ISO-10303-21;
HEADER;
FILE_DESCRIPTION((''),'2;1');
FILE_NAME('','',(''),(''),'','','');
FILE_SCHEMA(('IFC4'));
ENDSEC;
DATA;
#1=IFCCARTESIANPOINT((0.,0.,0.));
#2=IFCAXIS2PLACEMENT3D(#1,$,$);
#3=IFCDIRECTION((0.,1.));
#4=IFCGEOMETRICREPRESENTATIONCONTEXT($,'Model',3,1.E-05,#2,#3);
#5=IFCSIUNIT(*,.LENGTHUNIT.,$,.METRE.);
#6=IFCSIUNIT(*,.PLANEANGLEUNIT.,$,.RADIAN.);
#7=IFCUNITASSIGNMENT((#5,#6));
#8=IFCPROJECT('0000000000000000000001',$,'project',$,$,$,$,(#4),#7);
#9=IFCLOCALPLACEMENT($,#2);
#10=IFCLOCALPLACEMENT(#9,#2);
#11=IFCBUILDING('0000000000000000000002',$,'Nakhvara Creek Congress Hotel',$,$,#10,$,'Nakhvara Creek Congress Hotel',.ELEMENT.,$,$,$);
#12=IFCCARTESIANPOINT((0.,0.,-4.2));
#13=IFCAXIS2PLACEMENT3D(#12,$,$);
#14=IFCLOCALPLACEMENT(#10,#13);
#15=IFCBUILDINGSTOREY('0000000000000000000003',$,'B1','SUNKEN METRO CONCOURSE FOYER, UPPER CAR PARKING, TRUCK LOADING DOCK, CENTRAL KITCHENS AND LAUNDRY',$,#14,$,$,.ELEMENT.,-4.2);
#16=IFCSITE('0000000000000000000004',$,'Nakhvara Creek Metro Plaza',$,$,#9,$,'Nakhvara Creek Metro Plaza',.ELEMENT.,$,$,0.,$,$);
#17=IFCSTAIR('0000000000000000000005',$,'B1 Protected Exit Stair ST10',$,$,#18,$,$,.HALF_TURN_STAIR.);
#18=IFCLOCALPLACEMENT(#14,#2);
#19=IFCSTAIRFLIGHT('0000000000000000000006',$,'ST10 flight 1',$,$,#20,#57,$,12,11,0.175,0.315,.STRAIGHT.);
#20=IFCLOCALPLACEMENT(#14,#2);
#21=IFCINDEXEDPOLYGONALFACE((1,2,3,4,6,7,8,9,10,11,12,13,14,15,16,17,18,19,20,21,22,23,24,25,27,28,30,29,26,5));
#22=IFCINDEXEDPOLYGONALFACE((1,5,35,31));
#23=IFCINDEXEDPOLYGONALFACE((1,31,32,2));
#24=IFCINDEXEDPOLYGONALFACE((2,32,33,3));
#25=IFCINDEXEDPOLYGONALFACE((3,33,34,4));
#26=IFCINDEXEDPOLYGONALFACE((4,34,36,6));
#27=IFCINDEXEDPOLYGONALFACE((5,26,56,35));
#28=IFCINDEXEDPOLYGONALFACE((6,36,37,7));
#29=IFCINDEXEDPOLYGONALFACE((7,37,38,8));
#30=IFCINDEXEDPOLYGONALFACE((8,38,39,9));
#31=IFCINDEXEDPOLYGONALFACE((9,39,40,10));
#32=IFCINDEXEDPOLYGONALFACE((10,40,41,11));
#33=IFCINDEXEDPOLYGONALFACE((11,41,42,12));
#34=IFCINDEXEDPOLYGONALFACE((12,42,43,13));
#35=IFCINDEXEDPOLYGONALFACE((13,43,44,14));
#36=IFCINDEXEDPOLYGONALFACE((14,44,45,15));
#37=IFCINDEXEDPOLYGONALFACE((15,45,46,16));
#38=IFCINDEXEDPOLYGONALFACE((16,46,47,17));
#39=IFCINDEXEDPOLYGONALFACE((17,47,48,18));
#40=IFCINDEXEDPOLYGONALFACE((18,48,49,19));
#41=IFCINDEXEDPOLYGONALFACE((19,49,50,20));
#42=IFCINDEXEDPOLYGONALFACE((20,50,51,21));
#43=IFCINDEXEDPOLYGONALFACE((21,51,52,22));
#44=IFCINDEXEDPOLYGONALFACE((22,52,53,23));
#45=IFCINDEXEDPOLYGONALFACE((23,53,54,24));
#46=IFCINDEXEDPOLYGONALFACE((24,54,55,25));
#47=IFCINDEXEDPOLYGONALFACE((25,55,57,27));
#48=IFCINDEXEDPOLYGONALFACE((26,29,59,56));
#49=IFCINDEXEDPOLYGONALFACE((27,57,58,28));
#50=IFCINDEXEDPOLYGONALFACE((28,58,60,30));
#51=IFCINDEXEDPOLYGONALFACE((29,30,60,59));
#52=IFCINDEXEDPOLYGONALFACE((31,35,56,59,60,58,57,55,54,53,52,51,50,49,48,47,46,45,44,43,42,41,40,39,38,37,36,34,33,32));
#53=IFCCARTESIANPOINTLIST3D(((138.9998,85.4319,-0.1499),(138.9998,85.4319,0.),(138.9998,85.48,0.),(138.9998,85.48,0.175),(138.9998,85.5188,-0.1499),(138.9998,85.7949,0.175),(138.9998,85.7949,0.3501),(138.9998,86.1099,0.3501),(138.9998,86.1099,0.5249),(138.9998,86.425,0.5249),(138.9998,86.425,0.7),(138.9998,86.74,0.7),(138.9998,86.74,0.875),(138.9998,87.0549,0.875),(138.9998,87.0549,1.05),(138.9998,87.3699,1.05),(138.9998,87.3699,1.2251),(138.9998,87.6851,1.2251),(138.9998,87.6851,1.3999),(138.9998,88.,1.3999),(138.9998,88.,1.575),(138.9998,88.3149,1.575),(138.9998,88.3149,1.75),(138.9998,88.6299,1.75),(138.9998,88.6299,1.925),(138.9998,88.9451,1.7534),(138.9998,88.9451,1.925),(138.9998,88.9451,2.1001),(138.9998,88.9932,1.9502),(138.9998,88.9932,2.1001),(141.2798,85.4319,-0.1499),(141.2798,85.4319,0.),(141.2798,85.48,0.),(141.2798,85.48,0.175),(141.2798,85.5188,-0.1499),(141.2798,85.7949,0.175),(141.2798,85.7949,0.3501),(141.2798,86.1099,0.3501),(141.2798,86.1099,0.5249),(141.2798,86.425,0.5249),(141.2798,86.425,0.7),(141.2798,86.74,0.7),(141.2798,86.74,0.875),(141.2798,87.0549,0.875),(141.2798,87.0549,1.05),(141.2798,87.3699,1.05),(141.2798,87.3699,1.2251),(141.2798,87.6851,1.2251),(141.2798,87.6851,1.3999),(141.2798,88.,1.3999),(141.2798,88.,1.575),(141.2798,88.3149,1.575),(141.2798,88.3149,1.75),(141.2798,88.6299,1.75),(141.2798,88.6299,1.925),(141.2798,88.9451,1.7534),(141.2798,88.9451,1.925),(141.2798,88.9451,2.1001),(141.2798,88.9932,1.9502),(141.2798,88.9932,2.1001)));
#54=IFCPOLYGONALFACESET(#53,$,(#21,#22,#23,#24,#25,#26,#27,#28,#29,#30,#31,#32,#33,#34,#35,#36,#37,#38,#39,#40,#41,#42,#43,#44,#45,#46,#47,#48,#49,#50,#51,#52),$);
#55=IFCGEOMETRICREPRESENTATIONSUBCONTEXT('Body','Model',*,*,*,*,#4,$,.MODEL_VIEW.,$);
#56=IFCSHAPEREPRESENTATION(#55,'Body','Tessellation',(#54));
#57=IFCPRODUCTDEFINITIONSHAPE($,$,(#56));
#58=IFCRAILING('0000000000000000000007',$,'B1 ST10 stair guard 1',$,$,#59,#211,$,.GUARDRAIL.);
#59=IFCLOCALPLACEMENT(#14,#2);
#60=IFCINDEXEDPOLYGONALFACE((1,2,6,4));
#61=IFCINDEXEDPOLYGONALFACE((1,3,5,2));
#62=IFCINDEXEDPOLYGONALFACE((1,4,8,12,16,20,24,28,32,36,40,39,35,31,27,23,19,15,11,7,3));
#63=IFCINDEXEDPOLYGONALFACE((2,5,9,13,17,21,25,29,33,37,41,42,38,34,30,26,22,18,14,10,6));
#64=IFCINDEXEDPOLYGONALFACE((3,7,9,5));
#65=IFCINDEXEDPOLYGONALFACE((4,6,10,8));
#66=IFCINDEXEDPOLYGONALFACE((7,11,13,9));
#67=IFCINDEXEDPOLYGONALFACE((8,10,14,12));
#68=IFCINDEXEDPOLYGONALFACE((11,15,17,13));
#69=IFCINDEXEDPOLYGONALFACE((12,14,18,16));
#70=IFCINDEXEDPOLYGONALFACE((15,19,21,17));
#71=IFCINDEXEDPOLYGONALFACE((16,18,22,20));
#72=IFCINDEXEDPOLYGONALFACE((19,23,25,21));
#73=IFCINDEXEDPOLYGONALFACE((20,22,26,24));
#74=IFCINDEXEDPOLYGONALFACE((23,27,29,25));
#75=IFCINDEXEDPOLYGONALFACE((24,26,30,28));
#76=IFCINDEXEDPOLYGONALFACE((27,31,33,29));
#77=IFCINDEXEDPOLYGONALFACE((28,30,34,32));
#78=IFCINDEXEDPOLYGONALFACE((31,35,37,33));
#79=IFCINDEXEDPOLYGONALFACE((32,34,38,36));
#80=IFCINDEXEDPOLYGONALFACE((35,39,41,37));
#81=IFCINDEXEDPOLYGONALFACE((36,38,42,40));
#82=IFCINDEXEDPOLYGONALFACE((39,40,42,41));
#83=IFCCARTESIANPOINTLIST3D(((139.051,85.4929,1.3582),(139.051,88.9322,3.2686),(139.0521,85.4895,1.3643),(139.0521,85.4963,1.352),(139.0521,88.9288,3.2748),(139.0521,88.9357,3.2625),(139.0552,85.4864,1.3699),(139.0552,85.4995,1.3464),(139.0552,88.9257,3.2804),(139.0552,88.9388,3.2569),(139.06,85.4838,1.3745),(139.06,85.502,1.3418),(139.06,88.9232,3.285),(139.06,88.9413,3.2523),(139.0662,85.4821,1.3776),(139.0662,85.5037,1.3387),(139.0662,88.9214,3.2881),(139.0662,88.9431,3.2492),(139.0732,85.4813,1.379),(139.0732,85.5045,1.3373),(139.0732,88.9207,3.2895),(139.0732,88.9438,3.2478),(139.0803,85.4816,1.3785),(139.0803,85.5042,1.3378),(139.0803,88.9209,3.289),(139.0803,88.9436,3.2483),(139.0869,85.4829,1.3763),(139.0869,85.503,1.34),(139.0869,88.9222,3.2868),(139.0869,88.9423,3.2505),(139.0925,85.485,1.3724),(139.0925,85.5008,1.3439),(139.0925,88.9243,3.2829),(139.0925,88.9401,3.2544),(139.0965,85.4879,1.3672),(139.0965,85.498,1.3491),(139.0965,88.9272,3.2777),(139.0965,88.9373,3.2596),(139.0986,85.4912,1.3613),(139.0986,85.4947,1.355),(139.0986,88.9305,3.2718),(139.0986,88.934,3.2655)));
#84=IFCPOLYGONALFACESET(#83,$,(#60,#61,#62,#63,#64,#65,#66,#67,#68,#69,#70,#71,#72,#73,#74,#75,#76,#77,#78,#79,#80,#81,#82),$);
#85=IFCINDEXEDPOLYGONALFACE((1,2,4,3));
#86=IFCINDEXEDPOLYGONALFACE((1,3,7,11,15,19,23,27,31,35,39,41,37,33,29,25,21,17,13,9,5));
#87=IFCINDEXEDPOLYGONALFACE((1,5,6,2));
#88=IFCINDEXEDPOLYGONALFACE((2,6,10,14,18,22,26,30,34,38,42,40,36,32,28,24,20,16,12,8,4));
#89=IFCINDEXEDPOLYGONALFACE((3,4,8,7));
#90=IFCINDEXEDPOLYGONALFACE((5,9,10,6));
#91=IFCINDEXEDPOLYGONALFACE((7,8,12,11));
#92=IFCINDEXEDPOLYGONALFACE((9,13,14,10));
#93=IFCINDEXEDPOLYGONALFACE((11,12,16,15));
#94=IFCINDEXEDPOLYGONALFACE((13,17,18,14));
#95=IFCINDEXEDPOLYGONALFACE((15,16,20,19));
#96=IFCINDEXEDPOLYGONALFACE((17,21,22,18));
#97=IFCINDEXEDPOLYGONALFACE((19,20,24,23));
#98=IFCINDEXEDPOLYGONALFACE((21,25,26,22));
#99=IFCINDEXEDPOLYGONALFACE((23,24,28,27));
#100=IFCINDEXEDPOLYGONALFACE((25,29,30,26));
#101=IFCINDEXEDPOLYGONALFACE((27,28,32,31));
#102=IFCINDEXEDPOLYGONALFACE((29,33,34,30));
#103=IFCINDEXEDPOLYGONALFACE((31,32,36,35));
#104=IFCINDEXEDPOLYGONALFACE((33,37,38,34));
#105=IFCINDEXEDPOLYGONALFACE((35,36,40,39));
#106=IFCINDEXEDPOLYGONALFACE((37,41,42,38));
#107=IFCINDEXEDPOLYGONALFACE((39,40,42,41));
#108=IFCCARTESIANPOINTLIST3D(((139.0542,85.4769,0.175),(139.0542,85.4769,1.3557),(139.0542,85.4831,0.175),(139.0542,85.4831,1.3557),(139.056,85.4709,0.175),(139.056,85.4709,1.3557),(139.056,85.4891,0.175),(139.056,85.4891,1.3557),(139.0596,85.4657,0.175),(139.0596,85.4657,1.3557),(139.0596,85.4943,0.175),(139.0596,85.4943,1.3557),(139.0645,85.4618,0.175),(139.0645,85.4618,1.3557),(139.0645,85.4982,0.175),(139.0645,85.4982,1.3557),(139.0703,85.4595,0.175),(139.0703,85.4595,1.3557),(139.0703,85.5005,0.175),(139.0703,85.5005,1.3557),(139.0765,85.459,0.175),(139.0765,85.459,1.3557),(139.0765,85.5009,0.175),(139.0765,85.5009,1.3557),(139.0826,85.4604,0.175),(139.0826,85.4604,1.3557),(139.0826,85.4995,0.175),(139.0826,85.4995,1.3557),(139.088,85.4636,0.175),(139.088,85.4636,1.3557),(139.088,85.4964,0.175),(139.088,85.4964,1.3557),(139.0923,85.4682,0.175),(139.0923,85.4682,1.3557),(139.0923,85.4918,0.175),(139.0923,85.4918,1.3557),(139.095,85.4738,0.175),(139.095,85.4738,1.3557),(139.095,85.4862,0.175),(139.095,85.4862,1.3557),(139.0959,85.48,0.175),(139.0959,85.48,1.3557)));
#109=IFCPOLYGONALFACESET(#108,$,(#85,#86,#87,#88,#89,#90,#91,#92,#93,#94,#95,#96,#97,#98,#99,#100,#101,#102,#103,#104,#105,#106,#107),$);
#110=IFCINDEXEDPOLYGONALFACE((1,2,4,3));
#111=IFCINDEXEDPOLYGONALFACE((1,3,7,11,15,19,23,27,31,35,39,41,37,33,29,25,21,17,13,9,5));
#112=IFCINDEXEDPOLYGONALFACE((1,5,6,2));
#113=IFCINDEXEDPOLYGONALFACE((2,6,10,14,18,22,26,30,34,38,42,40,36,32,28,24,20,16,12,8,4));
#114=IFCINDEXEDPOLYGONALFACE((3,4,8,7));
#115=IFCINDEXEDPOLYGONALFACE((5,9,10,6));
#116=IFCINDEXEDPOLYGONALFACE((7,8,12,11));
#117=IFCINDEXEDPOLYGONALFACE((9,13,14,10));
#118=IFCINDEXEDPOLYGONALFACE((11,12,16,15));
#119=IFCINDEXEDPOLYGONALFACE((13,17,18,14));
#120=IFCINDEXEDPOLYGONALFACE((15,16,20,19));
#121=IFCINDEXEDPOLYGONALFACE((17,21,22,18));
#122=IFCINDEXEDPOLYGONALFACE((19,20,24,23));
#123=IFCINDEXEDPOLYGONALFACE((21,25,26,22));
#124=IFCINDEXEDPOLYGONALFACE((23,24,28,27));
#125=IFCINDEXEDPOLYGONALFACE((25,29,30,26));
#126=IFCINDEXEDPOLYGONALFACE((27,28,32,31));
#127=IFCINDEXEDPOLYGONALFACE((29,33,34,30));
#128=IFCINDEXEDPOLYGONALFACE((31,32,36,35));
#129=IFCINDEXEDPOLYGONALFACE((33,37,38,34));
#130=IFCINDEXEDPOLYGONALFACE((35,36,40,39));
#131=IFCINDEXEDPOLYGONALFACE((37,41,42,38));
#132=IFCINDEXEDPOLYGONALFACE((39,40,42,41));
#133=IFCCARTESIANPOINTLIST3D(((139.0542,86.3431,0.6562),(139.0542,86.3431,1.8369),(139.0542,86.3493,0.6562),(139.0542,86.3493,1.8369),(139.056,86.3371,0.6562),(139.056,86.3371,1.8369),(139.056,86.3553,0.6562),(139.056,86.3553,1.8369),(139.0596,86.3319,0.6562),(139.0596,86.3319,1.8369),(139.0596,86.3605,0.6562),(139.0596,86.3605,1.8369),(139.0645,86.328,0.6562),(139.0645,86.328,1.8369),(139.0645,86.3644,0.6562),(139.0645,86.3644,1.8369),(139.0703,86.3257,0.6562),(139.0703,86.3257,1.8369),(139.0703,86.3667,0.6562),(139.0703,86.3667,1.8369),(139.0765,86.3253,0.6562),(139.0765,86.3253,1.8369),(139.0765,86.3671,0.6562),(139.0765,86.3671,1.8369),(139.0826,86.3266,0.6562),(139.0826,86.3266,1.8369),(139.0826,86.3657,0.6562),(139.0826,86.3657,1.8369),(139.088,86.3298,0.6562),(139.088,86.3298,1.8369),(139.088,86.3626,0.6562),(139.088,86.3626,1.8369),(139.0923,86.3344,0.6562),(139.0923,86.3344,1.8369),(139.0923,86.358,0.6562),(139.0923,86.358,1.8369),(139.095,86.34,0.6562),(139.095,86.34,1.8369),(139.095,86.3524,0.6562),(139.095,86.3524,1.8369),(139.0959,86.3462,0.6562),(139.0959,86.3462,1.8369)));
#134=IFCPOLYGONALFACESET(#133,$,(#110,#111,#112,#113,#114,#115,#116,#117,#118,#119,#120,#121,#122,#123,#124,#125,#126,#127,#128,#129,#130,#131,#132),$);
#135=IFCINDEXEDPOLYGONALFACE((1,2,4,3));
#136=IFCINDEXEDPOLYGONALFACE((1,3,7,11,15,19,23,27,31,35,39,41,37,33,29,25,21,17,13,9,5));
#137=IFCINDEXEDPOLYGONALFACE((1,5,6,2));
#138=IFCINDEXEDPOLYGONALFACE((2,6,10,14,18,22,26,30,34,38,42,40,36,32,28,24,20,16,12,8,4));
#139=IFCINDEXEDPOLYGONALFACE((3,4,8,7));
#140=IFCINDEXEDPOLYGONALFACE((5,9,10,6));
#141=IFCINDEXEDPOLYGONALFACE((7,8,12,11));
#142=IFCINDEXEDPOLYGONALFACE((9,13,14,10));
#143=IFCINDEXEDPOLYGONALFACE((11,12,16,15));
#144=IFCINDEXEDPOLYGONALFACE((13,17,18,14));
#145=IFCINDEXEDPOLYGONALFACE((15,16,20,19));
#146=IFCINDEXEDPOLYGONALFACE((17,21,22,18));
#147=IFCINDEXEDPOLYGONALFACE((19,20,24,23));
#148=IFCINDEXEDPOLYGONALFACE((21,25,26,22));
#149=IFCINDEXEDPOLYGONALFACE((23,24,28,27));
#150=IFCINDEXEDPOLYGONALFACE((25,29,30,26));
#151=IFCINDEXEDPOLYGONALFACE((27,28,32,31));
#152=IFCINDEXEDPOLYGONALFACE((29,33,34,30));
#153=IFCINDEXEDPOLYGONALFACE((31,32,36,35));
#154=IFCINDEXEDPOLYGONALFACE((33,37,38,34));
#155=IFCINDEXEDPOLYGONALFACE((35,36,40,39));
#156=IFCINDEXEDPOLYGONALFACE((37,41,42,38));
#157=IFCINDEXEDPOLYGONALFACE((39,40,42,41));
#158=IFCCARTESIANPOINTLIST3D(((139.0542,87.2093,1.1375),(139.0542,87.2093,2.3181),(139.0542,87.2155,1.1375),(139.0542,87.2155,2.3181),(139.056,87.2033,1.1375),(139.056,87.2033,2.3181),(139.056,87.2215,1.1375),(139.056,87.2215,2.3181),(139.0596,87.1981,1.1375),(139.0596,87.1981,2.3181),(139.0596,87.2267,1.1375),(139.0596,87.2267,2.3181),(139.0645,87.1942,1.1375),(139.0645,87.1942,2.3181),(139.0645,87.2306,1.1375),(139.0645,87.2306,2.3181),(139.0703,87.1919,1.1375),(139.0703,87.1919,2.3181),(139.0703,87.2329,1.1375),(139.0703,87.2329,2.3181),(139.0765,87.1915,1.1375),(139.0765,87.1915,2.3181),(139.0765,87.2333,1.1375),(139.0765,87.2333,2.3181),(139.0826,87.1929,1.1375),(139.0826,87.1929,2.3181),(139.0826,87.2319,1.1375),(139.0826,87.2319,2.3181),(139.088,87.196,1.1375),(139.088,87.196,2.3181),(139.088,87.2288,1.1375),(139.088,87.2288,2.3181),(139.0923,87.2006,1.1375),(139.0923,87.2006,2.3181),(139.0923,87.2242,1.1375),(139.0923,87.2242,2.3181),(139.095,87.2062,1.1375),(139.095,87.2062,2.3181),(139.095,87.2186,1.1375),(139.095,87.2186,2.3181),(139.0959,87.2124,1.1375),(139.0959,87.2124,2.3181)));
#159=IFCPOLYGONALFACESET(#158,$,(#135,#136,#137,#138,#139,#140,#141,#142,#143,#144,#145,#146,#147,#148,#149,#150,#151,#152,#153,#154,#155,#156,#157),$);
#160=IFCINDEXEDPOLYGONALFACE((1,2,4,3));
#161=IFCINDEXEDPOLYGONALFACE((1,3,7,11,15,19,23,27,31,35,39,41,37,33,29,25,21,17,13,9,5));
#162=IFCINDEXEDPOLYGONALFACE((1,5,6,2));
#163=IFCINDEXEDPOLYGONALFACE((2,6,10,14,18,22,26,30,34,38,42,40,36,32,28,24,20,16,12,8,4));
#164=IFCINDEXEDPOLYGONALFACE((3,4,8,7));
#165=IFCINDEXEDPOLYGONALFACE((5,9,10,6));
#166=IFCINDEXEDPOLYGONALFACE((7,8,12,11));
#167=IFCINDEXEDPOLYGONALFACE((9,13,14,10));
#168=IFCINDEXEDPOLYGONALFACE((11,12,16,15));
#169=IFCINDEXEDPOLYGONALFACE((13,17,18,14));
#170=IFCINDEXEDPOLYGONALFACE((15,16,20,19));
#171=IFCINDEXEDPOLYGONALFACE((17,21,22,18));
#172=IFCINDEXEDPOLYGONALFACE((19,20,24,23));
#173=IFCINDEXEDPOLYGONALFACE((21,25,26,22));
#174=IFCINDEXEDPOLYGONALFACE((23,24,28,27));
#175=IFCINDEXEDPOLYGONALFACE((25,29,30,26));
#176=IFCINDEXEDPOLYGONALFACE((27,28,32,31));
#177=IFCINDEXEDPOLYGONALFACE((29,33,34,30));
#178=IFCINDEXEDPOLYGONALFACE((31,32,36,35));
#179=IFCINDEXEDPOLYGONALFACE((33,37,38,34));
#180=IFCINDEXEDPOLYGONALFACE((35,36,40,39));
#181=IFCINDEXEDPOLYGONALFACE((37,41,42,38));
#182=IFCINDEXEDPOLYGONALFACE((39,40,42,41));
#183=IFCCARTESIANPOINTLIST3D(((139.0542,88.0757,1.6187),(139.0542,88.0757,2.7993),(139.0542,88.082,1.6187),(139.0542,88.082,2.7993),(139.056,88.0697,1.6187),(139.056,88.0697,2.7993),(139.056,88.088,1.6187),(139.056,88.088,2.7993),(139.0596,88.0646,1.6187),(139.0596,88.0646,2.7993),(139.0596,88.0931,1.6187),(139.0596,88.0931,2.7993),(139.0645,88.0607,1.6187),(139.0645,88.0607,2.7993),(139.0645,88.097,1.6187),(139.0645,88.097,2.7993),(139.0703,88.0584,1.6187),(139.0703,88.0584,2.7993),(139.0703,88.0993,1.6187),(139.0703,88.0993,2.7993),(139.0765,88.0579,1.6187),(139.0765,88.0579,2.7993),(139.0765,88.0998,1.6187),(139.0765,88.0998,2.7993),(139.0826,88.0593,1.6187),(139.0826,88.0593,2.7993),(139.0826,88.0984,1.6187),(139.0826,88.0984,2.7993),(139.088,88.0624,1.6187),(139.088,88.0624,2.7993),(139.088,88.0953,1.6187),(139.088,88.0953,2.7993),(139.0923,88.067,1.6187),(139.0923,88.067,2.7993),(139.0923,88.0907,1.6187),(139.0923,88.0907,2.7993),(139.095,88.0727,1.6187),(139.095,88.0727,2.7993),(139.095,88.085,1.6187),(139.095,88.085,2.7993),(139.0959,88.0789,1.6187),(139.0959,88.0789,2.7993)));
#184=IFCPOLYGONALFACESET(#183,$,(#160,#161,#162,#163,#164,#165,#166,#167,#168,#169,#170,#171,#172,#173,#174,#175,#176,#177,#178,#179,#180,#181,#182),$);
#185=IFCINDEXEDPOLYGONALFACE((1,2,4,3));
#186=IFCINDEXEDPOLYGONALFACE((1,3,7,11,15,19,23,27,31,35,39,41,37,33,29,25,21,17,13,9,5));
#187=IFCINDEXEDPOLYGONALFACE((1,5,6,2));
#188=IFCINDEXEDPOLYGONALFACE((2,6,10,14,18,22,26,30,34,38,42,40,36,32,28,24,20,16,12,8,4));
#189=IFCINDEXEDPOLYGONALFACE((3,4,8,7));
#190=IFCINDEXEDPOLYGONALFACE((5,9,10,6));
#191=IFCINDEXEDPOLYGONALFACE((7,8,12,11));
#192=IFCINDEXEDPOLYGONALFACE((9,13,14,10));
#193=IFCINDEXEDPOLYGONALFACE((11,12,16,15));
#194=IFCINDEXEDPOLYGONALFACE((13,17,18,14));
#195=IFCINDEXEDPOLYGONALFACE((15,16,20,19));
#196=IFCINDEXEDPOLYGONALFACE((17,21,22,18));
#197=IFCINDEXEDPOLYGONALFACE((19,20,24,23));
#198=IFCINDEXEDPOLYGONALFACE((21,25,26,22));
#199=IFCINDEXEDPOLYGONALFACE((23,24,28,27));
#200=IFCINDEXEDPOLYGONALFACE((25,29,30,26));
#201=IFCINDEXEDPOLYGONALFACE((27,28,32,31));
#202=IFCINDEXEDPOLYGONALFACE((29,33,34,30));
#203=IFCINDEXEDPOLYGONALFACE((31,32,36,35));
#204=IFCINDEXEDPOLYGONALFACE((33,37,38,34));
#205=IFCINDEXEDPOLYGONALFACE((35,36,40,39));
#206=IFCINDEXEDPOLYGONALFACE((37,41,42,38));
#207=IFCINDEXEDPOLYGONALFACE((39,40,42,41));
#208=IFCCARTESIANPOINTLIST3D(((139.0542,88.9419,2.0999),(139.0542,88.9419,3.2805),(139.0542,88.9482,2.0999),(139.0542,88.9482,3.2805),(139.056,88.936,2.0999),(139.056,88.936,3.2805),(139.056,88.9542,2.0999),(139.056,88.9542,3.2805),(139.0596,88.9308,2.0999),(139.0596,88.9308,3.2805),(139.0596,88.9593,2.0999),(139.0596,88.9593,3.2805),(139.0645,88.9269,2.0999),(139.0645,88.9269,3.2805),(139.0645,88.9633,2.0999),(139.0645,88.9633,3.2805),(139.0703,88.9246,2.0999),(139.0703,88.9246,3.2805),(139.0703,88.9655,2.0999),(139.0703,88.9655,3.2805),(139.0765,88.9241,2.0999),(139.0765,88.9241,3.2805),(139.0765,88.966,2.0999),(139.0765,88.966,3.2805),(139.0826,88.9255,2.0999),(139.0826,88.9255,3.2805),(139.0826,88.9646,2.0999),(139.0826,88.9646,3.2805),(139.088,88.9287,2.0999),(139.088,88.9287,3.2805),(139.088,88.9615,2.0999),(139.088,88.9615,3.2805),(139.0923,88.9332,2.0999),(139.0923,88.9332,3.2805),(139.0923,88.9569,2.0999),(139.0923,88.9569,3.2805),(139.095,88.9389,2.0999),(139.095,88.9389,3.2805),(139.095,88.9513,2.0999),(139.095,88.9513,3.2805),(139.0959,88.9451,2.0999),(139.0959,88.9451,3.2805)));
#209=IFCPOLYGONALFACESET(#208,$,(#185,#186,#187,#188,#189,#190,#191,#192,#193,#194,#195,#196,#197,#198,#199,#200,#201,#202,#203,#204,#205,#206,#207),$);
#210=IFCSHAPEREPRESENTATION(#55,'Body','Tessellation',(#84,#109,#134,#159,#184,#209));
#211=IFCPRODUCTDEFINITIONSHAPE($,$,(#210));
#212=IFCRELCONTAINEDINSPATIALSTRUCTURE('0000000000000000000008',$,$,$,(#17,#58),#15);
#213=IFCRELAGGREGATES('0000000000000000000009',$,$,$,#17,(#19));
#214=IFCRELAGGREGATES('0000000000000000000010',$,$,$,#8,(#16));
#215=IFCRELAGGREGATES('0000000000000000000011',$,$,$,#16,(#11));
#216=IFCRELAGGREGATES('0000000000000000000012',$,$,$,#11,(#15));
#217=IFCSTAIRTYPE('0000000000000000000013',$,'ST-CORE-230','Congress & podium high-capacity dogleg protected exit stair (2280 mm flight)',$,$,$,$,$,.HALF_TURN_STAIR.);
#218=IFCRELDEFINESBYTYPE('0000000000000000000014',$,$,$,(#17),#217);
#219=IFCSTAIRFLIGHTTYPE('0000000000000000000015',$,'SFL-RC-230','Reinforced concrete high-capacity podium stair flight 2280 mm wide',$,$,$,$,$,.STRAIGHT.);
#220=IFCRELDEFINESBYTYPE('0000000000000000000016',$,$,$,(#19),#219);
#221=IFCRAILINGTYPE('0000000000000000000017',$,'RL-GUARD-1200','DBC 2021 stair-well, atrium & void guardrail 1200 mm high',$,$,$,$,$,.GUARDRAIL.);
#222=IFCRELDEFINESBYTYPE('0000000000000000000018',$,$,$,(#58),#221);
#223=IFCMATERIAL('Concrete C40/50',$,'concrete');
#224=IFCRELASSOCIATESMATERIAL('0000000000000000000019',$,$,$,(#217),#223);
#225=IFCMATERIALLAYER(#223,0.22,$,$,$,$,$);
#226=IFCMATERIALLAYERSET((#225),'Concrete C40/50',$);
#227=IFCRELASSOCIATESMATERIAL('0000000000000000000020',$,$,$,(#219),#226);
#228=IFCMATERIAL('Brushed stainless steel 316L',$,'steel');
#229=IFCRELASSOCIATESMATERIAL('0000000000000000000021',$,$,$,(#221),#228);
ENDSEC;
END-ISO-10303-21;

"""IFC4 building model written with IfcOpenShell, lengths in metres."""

from ifc_helpers import new_model, si_unit, direction, frame, origin, origin_2d, place, context, subcontext, project, spatial, polyline, circle, outline, extrude, material, layer, layer_set, type_object, element, aggregate, save


model = new_model("IFC4")

# Units and contexts
model_context = context("Model", 3, precision=1e-05, world=origin(), true_north=direction((0.0, 1.0)))
body_context = subcontext(model_context, "Body", "Model", "MODEL_VIEW")
ifc_project = project(units=[si_unit("LENGTHUNIT", "METRE"), si_unit("PLANEANGLEUNIT", "RADIAN")], contexts=[model_context])

# Site, building, storey
site_placement = place(None, origin())
site = spatial("IfcSite", under=ifc_project, at=site_placement, Name="Nakhvara Creek Metro Plaza", LongName="Nakhvara Creek Metro Plaza", CompositionType="ELEMENT", RefElevation=0.0)
building_placement = place(site_placement, origin())
building = spatial("IfcBuilding", under=site, at=building_placement, Name="Nakhvara Creek Congress Hotel", LongName="Nakhvara Creek Congress Hotel", CompositionType="ELEMENT")
storey_placement = place(building_placement, frame((0.0, 0.0, -4.2)))
storey = spatial("IfcBuildingStorey", under=building, at=storey_placement, Name="B1", Description="SUNKEN METRO CONCOURSE FOYER, UPPER CAR PARKING, TRUCK LOADING DOCK, CENTRAL KITCHENS AND LAUNDRY", CompositionType="ELEMENT", Elevation=-4.2)

# Stair, stair flight
ifc_material_1 = material(Name="Concrete C40/50", Category="concrete")
stair_type = type_object("IfcStairType", Name="ST-CORE-230", Description="Congress & podium high-capacity dogleg protected exit stair (2280 mm flight)", PredefinedType="HALF_TURN_STAIR", material=ifc_material_1)
stair_placement = place(storey_placement, origin())
stair = element("IfcStair", 1, at=stair_placement, inside=storey, type_object=stair_type, Name="B1 Protected Exit Stair ST10", PredefinedType="HALF_TURN_STAIR")
ifc_layer_1 = layer(ifc_material_1, 0.22)
ifc_layer_set_1 = layer_set([ifc_layer_1], Name="Concrete C40/50")
stair_flight_type = type_object("IfcStairFlightType", Name="SFL-RC-230", Description="Reinforced concrete high-capacity podium stair flight 2280 mm wide", PredefinedType="STRAIGHT", material=ifc_layer_set_1)
stair_flight_placement = place(storey_placement, frame((140.1399, 85.48, 0.0), z_axis=(0.0, 0.0, 1.0), x_axis=(0.0, 1.0, 0.0)))
stair_flight = element("IfcStairFlight", 2, at=stair_flight_placement, type_object=stair_flight_type, Name="ST10 flight 1", NumberOfRisers=12, NumberOfTreads=11, PredefinedType="STRAIGHT", RiserHeight=0.175, TreadLength=0.315, context=body_context, shape_type="SweptSolid", body=[
    extrude(outline(polyline([(-0.0481, 0.0), (0.0, 0.0), (0.0, 0.175), (0.3149, 0.175), (0.3149, 0.3501), (0.6299, 0.3501), (0.6299, 0.5249), (0.9451, 0.5249), (0.9451, 0.7), (1.26, 0.7), (1.26, 0.875), (1.575, 0.875), (1.575, 1.05), (1.8899, 1.05), (1.8899, 1.2251), (2.2051, 1.2251), (2.2051, 1.3999), (2.52, 1.3999), (2.52, 1.575), (2.835, 1.575), (2.835, 1.75), (3.1499, 1.75), (3.1499, 1.925), (3.4651, 1.925), (3.4651, 2.1001), (3.5132, 2.1001), (3.5132, 1.9502), (3.4651, 1.7534), (0.0388, -0.1499), (-0.0481, -0.1499), (-0.0481, 0.0)])), frame((0.0, 1.1401, 0.0), z_axis=(0.0, -1.0, 0.0), x_axis=(1.0, 0.0, 0.0)), (0.0, 0.0, 1.0), 2.28),
])
aggregate(stair, [stair_flight])

# Railing
ifc_material_2 = material(Name="Brushed stainless steel 316L", Category="steel")
railing_type_1 = type_object("IfcRailingType", Name="RL-GUARD-1200", Description="DBC 2021 stair-well, atrium & void guardrail 1200 mm high", PredefinedType="GUARDRAIL", material=ifc_material_2)
railing_1_placement = place(storey_placement, frame((139.075, 85.48, 0.175)))
element("IfcRailing", 3, at=railing_1_placement, inside=storey, type_object=railing_type_1, Name="B1 ST10 stair guard 1", PredefinedType="GUARDRAIL", context=body_context, shape_type="SweptSolid", body=[
    extrude(circle(Radius=0.0239, at=origin_2d()), frame((0.0, 0.0129, 1.1831), z_axis=(0.0, 0.874183, 0.485596), x_axis=(-1.0, 0.0, 0.0)), (0.0, 0.0, 1.0), 3.9343),
    extrude(circle(Radius=0.021, at=origin_2d()), origin(), (0.0, 0.0, 1.0), 1.1807),
    extrude(circle(Radius=0.021, at=origin_2d()), frame((0.0, 0.8662, 0.4812)), (0.0, 0.0, 1.0), 1.1807),
    extrude(circle(Radius=0.021, at=origin_2d()), frame((0.0, 1.7324, 0.9624)), (0.0, 0.0, 1.0), 1.1807),
    extrude(circle(Radius=0.021, at=origin_2d()), frame((0.0, 2.5989, 1.4436)), (0.0, 0.0, 1.0), 1.1807),
    extrude(circle(Radius=0.021, at=origin_2d()), frame((0.0, 3.4651, 1.9248)), (0.0, 0.0, 1.0), 1.1807),
])

save(model, "model.ifc")
